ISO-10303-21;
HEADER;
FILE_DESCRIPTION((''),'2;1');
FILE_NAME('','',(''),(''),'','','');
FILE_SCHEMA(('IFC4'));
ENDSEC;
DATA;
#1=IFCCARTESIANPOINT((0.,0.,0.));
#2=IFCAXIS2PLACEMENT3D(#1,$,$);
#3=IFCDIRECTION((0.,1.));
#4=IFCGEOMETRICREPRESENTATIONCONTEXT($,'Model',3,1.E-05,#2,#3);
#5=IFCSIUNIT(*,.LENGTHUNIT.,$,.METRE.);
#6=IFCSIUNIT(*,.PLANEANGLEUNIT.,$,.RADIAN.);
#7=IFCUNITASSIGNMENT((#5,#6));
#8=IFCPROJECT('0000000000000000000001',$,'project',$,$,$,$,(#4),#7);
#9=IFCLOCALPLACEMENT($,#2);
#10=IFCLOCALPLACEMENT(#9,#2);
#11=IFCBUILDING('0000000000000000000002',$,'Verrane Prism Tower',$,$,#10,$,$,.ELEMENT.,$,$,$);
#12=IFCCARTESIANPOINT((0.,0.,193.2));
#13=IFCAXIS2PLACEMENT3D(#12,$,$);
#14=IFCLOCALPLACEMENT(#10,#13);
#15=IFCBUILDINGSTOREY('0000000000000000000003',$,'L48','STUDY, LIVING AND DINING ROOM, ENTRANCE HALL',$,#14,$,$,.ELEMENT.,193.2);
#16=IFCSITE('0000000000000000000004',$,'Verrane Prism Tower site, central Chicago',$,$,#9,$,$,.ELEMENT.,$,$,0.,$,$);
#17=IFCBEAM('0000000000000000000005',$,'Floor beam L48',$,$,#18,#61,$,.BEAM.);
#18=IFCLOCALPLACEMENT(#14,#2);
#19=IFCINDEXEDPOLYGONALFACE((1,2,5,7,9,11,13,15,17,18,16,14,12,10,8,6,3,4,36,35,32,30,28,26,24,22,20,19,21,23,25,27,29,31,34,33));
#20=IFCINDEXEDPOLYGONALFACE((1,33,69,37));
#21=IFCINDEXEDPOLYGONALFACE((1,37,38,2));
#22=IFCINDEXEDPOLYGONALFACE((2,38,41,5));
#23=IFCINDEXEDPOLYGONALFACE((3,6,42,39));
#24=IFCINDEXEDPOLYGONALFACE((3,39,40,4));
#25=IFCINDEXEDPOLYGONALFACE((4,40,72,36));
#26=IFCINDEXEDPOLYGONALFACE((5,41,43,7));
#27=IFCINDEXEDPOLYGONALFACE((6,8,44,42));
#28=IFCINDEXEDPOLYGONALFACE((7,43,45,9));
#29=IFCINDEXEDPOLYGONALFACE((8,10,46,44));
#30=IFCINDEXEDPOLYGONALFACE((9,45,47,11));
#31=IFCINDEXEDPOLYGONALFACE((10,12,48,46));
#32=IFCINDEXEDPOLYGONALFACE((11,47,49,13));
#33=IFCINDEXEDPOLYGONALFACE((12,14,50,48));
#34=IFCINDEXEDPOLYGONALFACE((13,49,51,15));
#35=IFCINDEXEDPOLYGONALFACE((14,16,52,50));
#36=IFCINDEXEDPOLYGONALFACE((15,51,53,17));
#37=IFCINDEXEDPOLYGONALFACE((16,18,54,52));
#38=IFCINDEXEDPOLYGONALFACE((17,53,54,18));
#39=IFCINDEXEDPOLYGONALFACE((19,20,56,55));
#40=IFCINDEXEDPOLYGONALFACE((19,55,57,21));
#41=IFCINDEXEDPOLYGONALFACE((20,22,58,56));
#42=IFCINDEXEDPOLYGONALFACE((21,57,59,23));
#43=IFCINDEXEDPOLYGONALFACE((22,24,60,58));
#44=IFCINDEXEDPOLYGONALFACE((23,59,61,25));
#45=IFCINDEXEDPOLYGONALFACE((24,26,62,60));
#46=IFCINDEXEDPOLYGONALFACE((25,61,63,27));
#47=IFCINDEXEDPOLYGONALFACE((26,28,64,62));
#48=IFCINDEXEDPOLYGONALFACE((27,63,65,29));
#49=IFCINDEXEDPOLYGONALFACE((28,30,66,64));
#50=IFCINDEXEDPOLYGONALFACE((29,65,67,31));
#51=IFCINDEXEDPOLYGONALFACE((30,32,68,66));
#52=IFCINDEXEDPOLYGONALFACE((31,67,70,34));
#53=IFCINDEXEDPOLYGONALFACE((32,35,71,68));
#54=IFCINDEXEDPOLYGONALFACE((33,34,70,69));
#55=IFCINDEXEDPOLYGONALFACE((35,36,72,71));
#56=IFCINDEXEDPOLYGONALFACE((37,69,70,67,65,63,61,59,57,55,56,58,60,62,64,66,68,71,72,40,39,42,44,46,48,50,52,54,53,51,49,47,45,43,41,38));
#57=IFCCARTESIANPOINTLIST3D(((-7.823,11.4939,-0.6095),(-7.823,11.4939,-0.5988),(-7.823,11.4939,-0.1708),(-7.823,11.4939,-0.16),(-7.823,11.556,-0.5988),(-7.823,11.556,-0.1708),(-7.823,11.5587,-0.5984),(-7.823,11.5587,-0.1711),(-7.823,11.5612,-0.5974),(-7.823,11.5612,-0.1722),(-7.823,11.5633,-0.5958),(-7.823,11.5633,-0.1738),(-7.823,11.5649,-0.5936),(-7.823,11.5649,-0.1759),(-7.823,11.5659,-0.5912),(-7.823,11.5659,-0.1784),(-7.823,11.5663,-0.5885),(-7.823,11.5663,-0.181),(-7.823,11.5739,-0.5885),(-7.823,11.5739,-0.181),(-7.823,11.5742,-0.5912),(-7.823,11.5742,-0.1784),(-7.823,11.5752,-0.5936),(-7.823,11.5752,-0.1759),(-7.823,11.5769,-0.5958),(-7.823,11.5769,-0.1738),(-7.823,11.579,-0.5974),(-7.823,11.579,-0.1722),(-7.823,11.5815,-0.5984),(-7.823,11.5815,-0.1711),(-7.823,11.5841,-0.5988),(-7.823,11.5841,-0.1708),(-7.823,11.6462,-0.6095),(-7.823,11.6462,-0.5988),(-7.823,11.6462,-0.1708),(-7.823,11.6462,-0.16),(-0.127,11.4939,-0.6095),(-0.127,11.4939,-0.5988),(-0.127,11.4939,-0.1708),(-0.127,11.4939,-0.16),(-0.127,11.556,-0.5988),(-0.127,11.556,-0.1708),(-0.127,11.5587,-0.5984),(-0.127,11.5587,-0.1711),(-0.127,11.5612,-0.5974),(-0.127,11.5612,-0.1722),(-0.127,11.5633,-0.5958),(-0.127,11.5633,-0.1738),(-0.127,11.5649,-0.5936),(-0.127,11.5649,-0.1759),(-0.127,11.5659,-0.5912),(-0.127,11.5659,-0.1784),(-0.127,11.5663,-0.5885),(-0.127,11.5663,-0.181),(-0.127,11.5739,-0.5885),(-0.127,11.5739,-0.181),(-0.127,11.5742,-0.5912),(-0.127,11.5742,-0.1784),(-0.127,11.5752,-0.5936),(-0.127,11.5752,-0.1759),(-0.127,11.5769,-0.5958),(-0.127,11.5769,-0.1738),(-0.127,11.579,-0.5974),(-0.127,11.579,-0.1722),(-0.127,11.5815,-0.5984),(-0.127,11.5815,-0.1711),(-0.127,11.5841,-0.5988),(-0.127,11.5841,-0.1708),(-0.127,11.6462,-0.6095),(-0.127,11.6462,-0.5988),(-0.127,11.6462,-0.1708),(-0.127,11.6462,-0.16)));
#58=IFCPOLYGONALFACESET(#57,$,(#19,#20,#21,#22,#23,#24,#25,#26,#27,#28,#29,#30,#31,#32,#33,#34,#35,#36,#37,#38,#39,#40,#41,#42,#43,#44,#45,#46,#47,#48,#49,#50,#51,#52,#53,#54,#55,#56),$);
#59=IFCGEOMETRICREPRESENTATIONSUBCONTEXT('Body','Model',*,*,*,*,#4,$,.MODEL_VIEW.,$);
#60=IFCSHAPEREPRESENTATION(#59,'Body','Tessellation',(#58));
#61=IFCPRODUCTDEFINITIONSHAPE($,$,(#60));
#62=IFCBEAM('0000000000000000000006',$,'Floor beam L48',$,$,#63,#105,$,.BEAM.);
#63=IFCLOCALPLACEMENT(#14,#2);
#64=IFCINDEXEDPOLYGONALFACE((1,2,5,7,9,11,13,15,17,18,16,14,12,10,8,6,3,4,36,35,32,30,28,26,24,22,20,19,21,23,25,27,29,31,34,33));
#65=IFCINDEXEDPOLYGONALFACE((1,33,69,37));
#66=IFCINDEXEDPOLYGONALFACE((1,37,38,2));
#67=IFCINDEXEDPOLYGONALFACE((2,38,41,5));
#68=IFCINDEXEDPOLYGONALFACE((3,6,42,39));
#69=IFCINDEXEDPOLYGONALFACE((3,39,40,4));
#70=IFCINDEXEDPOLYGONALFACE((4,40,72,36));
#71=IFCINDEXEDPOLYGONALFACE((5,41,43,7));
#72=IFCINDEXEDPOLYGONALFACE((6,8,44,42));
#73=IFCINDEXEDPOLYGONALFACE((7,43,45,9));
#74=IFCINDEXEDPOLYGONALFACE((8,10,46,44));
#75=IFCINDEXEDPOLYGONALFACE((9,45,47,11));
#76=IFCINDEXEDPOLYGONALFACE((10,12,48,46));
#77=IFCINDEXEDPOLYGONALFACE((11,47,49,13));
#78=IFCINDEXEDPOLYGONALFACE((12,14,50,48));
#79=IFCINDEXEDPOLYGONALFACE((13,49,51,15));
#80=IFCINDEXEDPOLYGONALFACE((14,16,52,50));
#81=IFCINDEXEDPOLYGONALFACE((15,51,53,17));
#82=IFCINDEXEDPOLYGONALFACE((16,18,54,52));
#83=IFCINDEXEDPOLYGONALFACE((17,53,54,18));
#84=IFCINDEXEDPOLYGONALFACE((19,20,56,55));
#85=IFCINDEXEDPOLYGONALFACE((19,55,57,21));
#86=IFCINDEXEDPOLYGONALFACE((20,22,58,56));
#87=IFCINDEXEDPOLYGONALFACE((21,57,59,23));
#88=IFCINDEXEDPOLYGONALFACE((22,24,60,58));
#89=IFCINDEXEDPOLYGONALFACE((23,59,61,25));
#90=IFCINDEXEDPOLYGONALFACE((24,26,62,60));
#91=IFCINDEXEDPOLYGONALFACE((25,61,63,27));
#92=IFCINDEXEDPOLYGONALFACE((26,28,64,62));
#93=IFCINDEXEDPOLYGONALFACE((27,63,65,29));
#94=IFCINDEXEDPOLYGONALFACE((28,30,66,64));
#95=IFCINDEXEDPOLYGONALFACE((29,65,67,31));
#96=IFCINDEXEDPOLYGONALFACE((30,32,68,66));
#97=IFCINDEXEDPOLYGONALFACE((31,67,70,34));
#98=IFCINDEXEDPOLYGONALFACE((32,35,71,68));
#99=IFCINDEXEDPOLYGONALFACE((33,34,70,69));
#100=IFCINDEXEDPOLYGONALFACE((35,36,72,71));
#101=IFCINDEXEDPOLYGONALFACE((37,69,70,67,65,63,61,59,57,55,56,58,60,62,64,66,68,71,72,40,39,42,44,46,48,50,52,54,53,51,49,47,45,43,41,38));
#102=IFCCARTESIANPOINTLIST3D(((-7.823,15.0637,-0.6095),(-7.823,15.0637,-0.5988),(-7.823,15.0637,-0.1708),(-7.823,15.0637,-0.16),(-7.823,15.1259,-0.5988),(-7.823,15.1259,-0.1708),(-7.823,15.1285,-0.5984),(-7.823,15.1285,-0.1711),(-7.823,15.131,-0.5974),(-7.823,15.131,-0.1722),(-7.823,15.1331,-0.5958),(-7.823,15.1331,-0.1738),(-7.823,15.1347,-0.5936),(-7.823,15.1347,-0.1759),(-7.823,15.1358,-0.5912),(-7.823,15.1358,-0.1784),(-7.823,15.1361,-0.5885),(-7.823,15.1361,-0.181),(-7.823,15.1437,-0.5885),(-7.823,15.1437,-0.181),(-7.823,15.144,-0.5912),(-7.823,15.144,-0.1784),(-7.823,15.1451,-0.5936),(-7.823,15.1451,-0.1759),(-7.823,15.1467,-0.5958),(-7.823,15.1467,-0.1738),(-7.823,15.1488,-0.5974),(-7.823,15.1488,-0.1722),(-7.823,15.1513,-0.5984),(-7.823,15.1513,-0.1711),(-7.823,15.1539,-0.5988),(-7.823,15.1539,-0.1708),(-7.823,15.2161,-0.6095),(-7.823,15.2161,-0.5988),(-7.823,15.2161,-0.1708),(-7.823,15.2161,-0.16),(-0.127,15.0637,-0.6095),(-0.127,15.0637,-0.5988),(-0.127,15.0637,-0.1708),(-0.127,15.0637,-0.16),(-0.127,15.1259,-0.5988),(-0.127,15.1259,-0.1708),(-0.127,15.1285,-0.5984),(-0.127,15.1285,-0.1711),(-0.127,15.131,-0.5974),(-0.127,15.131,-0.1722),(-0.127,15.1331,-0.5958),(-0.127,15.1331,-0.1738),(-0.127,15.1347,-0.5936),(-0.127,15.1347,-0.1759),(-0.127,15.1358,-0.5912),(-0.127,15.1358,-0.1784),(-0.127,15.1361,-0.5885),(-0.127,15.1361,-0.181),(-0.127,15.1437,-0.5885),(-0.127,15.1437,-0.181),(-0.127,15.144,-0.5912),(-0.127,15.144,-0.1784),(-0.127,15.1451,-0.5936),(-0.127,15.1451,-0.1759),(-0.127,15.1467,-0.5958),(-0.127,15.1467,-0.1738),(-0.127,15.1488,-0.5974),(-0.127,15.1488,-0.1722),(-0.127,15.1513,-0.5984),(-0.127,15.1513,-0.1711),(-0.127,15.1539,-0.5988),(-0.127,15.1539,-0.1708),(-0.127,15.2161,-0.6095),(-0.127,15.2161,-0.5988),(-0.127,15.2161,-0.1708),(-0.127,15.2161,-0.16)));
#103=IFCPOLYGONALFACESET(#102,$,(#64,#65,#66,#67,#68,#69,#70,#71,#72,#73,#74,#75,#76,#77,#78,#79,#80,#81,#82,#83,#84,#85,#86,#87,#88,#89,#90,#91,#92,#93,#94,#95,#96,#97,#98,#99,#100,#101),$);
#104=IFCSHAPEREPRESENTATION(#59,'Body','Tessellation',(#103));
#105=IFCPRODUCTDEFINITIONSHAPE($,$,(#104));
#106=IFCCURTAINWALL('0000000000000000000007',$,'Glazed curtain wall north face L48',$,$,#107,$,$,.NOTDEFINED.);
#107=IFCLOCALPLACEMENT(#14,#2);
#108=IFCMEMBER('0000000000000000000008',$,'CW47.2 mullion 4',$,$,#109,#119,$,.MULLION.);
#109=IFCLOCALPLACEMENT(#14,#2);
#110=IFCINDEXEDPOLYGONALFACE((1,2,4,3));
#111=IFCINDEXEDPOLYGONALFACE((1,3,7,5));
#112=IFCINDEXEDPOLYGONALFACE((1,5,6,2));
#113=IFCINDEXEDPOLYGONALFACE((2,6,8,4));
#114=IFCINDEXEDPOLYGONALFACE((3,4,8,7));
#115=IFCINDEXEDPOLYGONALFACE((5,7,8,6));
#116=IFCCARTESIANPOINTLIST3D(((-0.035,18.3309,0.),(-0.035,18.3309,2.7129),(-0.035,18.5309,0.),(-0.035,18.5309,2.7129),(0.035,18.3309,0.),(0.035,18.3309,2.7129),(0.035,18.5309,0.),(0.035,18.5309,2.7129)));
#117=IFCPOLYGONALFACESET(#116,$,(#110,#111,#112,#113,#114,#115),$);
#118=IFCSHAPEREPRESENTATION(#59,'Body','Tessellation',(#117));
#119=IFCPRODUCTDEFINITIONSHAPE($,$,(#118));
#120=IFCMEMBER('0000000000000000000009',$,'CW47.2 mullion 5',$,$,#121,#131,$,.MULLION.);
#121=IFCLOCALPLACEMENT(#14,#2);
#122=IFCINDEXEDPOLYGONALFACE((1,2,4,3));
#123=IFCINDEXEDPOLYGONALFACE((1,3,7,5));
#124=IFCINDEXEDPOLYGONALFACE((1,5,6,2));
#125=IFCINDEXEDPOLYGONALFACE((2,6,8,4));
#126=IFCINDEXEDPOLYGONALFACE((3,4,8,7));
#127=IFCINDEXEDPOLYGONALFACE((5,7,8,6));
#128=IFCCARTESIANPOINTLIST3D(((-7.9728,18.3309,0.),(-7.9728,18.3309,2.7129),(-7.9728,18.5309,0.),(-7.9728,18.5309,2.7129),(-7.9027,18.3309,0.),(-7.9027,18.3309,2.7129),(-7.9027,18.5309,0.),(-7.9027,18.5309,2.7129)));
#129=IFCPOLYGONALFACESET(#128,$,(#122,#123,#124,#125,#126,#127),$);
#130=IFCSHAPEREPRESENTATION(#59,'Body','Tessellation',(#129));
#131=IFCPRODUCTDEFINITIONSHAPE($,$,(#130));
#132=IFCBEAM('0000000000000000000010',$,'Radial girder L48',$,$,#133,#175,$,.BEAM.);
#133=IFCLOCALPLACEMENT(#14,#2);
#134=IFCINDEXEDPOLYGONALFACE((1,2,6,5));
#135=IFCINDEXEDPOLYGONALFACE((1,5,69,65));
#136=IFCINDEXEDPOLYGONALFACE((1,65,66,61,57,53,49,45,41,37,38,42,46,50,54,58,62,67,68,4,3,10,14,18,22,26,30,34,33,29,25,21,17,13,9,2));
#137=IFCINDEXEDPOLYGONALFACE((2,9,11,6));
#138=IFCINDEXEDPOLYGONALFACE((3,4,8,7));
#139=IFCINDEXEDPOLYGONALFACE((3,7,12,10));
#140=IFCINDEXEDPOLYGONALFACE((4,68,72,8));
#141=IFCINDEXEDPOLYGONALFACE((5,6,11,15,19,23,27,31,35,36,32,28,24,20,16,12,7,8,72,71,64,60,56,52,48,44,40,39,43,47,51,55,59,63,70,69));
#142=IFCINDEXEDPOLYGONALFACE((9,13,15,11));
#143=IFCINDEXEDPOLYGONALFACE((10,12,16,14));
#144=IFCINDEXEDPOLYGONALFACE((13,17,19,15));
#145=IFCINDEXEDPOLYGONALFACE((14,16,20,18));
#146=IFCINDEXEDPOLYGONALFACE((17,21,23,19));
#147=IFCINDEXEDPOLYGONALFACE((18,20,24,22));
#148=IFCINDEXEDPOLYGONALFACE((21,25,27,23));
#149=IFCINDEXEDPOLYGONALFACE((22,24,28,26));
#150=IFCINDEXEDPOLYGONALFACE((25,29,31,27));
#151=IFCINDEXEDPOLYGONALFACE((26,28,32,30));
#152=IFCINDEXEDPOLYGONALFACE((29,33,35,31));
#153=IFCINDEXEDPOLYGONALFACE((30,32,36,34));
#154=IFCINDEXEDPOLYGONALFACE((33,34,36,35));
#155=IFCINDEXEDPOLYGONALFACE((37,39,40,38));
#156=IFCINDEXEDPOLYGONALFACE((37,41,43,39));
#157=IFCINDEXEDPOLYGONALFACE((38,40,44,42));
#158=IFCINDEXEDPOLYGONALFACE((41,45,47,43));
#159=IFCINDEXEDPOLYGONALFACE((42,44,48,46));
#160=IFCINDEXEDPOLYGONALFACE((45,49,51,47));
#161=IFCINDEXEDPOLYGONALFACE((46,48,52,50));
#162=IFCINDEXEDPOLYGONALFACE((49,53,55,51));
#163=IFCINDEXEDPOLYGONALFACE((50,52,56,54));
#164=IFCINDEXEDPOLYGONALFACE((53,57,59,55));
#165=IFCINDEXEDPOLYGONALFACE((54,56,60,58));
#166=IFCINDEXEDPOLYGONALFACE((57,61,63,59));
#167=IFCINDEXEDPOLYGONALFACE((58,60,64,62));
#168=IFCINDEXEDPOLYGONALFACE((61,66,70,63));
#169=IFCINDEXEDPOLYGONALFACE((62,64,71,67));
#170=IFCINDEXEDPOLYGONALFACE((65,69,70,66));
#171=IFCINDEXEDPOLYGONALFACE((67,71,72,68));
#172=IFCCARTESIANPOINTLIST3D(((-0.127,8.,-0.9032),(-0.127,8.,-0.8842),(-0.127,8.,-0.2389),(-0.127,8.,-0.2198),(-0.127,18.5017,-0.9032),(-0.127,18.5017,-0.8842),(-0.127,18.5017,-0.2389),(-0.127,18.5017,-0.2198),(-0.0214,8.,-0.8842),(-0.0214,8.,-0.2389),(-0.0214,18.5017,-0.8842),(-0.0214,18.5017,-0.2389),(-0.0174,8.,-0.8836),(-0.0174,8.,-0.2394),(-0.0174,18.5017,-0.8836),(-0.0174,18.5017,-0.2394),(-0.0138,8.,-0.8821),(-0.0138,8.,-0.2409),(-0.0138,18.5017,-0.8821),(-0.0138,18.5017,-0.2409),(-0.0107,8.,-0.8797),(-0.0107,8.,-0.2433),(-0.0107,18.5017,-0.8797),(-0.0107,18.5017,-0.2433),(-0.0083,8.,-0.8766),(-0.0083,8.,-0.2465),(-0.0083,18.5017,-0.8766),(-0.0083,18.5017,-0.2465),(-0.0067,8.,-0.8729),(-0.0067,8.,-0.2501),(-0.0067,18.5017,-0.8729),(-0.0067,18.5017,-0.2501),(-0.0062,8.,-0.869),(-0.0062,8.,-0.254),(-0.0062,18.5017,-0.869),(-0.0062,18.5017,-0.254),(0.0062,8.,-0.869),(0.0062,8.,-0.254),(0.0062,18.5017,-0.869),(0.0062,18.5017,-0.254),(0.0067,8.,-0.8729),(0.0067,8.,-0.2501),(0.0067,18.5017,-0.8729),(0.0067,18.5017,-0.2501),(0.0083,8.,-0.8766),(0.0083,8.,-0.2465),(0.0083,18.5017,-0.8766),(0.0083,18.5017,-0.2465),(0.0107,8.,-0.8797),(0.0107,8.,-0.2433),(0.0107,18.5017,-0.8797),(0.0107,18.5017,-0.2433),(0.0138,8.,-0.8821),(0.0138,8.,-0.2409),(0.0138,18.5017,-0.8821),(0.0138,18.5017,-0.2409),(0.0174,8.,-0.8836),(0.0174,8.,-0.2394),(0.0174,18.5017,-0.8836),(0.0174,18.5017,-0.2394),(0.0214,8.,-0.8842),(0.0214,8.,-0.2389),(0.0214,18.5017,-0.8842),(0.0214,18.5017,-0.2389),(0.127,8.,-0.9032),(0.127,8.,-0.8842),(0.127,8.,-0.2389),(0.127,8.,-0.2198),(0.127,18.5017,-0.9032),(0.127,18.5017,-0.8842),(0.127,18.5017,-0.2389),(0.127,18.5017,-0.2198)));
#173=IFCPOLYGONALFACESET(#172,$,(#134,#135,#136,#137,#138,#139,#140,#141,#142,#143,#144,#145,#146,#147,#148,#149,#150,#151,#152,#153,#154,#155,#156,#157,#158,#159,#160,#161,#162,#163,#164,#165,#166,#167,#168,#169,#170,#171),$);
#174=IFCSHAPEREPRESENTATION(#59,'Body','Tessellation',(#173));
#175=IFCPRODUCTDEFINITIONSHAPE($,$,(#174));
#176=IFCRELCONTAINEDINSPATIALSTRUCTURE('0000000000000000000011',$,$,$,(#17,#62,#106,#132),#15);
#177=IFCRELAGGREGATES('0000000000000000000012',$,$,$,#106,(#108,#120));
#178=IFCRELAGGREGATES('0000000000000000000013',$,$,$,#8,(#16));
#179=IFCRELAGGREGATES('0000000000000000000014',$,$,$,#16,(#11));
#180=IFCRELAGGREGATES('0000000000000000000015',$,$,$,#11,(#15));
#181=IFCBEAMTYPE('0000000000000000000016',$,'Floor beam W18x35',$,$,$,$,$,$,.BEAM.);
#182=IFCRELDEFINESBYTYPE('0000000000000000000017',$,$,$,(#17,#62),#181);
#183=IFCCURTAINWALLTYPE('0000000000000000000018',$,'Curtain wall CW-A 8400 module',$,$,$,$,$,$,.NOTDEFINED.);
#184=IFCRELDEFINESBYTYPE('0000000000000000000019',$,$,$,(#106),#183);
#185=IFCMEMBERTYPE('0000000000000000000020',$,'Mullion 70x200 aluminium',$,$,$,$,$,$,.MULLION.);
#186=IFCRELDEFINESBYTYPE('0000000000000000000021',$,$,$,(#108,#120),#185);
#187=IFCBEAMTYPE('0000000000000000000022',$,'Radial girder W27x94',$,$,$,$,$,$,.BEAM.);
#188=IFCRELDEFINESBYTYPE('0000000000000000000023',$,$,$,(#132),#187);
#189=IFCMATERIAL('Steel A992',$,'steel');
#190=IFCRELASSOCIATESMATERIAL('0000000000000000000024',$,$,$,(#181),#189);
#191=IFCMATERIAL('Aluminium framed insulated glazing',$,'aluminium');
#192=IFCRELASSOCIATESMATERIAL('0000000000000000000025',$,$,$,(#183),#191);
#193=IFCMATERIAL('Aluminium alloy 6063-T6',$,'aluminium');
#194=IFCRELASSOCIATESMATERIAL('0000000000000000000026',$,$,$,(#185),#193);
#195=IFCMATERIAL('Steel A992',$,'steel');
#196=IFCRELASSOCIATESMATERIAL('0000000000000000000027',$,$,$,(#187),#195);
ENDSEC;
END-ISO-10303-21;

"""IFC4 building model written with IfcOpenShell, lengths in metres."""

from ifc_helpers import new_model, si_unit, direction, frame, origin, origin_2d, place, context, subcontext, project, spatial, rectangle, i_section, extrude, material, material_profile, profile_set, type_object, element, aggregate, save


model = new_model("IFC4")

# Units and contexts
model_context = context("Model", 3, precision=1e-05, world=origin(), true_north=direction((0.0, 1.0)))
body_context = subcontext(model_context, "Body", "Model", "MODEL_VIEW")
ifc_project = project(units=[si_unit("LENGTHUNIT", "METRE"), si_unit("PLANEANGLEUNIT", "RADIAN")], contexts=[model_context])

# Site, building, storey
site_placement = place(None, origin())
site = spatial("IfcSite", under=ifc_project, at=site_placement, Name="Verrane Prism Tower site, central Chicago", CompositionType="ELEMENT", RefElevation=0.0)
building_placement = place(site_placement, origin())
building = spatial("IfcBuilding", under=site, at=building_placement, Name="Verrane Prism Tower", CompositionType="ELEMENT")
storey_placement = place(building_placement, frame((0.0, 0.0, 193.2)))
storey = spatial("IfcBuildingStorey", under=building, at=storey_placement, Name="L48", Description="STUDY, LIVING AND DINING ROOM, ENTRANCE HALL", CompositionType="ELEMENT", Elevation=193.2)

# Beams
ifc_material_1 = material(Name="Steel A992", Category="steel")
ifc_material_profile_1 = material_profile(ifc_material_1, i_section(OverallWidth=0.1523, OverallDepth=0.4495, WebThickness=0.0076, FlangeThickness=0.0107, FilletRadius=0.0103, at=origin_2d()), Name="W18x35")
ifc_profile_set_1 = profile_set([ifc_material_profile_1], Name="Steel A992")
beam_type_1 = type_object("IfcBeamType", Name="Floor beam W18x35", PredefinedType="BEAM", material=ifc_profile_set_1)
for number, where, z_axis, x_axis, name in (
    (1, (-7.823, 11.5701, -0.3848), (1.0, 0.0, 0.0), (0.0, 1.0, 0.0), "Floor beam L48"),
    (2, (-7.823, 15.1399, -0.3848), (1.0, 0.0, 0.0), (0.0, 1.0, 0.0), "Floor beam L48"),
):
    element("IfcBeam", number, at=place(storey_placement, frame(where, z_axis=z_axis, x_axis=x_axis)), inside=storey, type_object=beam_type_1, Name=name, PredefinedType="BEAM", context=body_context, shape_type="SweptSolid", body=[
        extrude(i_section(OverallWidth=0.1523, OverallDepth=0.4495, WebThickness=0.0076, FlangeThickness=0.0107, FilletRadius=0.0103, at=origin_2d()), origin(), (0.0, 0.0, 1.0), 7.696),
    ])

# Curtain wall, members
ifc_material_2 = material(Name="Aluminium framed insulated glazing", Category="aluminium")
curtain_wall_type = type_object("IfcCurtainWallType", Name="Curtain wall CW-A 8400 module", PredefinedType="NOTDEFINED", material=ifc_material_2)
curtain_wall_placement = place(storey_placement, origin())
curtain_wall = element("IfcCurtainWall", 3, at=curtain_wall_placement, inside=storey, type_object=curtain_wall_type, Name="Glazed curtain wall north face L48", PredefinedType="NOTDEFINED")
ifc_material_3 = material(Name="Aluminium alloy 6063-T6", Category="aluminium")
ifc_material_profile_2 = material_profile(ifc_material_3, rectangle(XDim=0.2, YDim=0.0701, at=origin_2d()), Name="Mullion 70x200 aluminium")
ifc_profile_set_2 = profile_set([ifc_material_profile_2], Name="Aluminium alloy 6063-T6")
member_type_1 = type_object("IfcMemberType", Name="Mullion 70x200 aluminium", PredefinedType="MULLION", material=ifc_profile_set_2)
member_1_placement = place(storey_placement, frame((0.0, 18.4309, 0.0), z_axis=(0.0, 0.0, 1.0), x_axis=(0.0, -1.0, 0.0)))
member_1 = element("IfcMember", 4, at=member_1_placement, type_object=member_type_1, Name="CW47.2 mullion 4", PredefinedType="MULLION", context=body_context, shape_type="SweptSolid", body=[
    extrude(rectangle(XDim=0.2, YDim=0.0701, at=origin_2d()), origin(), (0.0, 0.0, 1.0), 2.7129),
])
member_2_placement = place(storey_placement, frame((-7.9377, 18.4309, 0.0), z_axis=(0.0, 0.0, 1.0), x_axis=(0.0, -1.0, 0.0)))
member_2 = element("IfcMember", 5, at=member_2_placement, type_object=member_type_1, Name="CW47.2 mullion 5", PredefinedType="MULLION", context=body_context, shape_type="SweptSolid", body=[
    extrude(rectangle(XDim=0.2, YDim=0.0701, at=origin_2d()), origin(), (0.0, 0.0, 1.0), 2.7129),
])

# Beam
ifc_material_4 = material(Name="Steel A992", Category="steel")
ifc_material_profile_3 = material_profile(ifc_material_4, i_section(OverallWidth=0.2539, OverallDepth=0.6833, WebThickness=0.0125, FlangeThickness=0.019, FilletRadius=0.0151, at=origin_2d()), Name="W27x94")
ifc_profile_set_3 = profile_set([ifc_material_profile_3], Name="Steel A992")
beam_type_2 = type_object("IfcBeamType", Name="Radial girder W27x94", PredefinedType="BEAM", material=ifc_profile_set_3)
for number, where, z_axis, x_axis, name in (
    (6, (0.0, 18.5017, -0.5615), (0.0, -1.0, 0.0), (1.0, 0.0, 0.0), "Radial girder L48"),
):
    element("IfcBeam", number, at=place(storey_placement, frame(where, z_axis=z_axis, x_axis=x_axis)), inside=storey, type_object=beam_type_2, Name=name, PredefinedType="BEAM", context=body_context, shape_type="SweptSolid", body=[
        extrude(i_section(OverallWidth=0.2539, OverallDepth=0.6833, WebThickness=0.0125, FlangeThickness=0.019, FilletRadius=0.0151, at=origin_2d()), origin(), (0.0, 0.0, 1.0), 10.5017),
    ])

aggregate(curtain_wall, [member_1, member_2])

save(model, "model.ifc")
